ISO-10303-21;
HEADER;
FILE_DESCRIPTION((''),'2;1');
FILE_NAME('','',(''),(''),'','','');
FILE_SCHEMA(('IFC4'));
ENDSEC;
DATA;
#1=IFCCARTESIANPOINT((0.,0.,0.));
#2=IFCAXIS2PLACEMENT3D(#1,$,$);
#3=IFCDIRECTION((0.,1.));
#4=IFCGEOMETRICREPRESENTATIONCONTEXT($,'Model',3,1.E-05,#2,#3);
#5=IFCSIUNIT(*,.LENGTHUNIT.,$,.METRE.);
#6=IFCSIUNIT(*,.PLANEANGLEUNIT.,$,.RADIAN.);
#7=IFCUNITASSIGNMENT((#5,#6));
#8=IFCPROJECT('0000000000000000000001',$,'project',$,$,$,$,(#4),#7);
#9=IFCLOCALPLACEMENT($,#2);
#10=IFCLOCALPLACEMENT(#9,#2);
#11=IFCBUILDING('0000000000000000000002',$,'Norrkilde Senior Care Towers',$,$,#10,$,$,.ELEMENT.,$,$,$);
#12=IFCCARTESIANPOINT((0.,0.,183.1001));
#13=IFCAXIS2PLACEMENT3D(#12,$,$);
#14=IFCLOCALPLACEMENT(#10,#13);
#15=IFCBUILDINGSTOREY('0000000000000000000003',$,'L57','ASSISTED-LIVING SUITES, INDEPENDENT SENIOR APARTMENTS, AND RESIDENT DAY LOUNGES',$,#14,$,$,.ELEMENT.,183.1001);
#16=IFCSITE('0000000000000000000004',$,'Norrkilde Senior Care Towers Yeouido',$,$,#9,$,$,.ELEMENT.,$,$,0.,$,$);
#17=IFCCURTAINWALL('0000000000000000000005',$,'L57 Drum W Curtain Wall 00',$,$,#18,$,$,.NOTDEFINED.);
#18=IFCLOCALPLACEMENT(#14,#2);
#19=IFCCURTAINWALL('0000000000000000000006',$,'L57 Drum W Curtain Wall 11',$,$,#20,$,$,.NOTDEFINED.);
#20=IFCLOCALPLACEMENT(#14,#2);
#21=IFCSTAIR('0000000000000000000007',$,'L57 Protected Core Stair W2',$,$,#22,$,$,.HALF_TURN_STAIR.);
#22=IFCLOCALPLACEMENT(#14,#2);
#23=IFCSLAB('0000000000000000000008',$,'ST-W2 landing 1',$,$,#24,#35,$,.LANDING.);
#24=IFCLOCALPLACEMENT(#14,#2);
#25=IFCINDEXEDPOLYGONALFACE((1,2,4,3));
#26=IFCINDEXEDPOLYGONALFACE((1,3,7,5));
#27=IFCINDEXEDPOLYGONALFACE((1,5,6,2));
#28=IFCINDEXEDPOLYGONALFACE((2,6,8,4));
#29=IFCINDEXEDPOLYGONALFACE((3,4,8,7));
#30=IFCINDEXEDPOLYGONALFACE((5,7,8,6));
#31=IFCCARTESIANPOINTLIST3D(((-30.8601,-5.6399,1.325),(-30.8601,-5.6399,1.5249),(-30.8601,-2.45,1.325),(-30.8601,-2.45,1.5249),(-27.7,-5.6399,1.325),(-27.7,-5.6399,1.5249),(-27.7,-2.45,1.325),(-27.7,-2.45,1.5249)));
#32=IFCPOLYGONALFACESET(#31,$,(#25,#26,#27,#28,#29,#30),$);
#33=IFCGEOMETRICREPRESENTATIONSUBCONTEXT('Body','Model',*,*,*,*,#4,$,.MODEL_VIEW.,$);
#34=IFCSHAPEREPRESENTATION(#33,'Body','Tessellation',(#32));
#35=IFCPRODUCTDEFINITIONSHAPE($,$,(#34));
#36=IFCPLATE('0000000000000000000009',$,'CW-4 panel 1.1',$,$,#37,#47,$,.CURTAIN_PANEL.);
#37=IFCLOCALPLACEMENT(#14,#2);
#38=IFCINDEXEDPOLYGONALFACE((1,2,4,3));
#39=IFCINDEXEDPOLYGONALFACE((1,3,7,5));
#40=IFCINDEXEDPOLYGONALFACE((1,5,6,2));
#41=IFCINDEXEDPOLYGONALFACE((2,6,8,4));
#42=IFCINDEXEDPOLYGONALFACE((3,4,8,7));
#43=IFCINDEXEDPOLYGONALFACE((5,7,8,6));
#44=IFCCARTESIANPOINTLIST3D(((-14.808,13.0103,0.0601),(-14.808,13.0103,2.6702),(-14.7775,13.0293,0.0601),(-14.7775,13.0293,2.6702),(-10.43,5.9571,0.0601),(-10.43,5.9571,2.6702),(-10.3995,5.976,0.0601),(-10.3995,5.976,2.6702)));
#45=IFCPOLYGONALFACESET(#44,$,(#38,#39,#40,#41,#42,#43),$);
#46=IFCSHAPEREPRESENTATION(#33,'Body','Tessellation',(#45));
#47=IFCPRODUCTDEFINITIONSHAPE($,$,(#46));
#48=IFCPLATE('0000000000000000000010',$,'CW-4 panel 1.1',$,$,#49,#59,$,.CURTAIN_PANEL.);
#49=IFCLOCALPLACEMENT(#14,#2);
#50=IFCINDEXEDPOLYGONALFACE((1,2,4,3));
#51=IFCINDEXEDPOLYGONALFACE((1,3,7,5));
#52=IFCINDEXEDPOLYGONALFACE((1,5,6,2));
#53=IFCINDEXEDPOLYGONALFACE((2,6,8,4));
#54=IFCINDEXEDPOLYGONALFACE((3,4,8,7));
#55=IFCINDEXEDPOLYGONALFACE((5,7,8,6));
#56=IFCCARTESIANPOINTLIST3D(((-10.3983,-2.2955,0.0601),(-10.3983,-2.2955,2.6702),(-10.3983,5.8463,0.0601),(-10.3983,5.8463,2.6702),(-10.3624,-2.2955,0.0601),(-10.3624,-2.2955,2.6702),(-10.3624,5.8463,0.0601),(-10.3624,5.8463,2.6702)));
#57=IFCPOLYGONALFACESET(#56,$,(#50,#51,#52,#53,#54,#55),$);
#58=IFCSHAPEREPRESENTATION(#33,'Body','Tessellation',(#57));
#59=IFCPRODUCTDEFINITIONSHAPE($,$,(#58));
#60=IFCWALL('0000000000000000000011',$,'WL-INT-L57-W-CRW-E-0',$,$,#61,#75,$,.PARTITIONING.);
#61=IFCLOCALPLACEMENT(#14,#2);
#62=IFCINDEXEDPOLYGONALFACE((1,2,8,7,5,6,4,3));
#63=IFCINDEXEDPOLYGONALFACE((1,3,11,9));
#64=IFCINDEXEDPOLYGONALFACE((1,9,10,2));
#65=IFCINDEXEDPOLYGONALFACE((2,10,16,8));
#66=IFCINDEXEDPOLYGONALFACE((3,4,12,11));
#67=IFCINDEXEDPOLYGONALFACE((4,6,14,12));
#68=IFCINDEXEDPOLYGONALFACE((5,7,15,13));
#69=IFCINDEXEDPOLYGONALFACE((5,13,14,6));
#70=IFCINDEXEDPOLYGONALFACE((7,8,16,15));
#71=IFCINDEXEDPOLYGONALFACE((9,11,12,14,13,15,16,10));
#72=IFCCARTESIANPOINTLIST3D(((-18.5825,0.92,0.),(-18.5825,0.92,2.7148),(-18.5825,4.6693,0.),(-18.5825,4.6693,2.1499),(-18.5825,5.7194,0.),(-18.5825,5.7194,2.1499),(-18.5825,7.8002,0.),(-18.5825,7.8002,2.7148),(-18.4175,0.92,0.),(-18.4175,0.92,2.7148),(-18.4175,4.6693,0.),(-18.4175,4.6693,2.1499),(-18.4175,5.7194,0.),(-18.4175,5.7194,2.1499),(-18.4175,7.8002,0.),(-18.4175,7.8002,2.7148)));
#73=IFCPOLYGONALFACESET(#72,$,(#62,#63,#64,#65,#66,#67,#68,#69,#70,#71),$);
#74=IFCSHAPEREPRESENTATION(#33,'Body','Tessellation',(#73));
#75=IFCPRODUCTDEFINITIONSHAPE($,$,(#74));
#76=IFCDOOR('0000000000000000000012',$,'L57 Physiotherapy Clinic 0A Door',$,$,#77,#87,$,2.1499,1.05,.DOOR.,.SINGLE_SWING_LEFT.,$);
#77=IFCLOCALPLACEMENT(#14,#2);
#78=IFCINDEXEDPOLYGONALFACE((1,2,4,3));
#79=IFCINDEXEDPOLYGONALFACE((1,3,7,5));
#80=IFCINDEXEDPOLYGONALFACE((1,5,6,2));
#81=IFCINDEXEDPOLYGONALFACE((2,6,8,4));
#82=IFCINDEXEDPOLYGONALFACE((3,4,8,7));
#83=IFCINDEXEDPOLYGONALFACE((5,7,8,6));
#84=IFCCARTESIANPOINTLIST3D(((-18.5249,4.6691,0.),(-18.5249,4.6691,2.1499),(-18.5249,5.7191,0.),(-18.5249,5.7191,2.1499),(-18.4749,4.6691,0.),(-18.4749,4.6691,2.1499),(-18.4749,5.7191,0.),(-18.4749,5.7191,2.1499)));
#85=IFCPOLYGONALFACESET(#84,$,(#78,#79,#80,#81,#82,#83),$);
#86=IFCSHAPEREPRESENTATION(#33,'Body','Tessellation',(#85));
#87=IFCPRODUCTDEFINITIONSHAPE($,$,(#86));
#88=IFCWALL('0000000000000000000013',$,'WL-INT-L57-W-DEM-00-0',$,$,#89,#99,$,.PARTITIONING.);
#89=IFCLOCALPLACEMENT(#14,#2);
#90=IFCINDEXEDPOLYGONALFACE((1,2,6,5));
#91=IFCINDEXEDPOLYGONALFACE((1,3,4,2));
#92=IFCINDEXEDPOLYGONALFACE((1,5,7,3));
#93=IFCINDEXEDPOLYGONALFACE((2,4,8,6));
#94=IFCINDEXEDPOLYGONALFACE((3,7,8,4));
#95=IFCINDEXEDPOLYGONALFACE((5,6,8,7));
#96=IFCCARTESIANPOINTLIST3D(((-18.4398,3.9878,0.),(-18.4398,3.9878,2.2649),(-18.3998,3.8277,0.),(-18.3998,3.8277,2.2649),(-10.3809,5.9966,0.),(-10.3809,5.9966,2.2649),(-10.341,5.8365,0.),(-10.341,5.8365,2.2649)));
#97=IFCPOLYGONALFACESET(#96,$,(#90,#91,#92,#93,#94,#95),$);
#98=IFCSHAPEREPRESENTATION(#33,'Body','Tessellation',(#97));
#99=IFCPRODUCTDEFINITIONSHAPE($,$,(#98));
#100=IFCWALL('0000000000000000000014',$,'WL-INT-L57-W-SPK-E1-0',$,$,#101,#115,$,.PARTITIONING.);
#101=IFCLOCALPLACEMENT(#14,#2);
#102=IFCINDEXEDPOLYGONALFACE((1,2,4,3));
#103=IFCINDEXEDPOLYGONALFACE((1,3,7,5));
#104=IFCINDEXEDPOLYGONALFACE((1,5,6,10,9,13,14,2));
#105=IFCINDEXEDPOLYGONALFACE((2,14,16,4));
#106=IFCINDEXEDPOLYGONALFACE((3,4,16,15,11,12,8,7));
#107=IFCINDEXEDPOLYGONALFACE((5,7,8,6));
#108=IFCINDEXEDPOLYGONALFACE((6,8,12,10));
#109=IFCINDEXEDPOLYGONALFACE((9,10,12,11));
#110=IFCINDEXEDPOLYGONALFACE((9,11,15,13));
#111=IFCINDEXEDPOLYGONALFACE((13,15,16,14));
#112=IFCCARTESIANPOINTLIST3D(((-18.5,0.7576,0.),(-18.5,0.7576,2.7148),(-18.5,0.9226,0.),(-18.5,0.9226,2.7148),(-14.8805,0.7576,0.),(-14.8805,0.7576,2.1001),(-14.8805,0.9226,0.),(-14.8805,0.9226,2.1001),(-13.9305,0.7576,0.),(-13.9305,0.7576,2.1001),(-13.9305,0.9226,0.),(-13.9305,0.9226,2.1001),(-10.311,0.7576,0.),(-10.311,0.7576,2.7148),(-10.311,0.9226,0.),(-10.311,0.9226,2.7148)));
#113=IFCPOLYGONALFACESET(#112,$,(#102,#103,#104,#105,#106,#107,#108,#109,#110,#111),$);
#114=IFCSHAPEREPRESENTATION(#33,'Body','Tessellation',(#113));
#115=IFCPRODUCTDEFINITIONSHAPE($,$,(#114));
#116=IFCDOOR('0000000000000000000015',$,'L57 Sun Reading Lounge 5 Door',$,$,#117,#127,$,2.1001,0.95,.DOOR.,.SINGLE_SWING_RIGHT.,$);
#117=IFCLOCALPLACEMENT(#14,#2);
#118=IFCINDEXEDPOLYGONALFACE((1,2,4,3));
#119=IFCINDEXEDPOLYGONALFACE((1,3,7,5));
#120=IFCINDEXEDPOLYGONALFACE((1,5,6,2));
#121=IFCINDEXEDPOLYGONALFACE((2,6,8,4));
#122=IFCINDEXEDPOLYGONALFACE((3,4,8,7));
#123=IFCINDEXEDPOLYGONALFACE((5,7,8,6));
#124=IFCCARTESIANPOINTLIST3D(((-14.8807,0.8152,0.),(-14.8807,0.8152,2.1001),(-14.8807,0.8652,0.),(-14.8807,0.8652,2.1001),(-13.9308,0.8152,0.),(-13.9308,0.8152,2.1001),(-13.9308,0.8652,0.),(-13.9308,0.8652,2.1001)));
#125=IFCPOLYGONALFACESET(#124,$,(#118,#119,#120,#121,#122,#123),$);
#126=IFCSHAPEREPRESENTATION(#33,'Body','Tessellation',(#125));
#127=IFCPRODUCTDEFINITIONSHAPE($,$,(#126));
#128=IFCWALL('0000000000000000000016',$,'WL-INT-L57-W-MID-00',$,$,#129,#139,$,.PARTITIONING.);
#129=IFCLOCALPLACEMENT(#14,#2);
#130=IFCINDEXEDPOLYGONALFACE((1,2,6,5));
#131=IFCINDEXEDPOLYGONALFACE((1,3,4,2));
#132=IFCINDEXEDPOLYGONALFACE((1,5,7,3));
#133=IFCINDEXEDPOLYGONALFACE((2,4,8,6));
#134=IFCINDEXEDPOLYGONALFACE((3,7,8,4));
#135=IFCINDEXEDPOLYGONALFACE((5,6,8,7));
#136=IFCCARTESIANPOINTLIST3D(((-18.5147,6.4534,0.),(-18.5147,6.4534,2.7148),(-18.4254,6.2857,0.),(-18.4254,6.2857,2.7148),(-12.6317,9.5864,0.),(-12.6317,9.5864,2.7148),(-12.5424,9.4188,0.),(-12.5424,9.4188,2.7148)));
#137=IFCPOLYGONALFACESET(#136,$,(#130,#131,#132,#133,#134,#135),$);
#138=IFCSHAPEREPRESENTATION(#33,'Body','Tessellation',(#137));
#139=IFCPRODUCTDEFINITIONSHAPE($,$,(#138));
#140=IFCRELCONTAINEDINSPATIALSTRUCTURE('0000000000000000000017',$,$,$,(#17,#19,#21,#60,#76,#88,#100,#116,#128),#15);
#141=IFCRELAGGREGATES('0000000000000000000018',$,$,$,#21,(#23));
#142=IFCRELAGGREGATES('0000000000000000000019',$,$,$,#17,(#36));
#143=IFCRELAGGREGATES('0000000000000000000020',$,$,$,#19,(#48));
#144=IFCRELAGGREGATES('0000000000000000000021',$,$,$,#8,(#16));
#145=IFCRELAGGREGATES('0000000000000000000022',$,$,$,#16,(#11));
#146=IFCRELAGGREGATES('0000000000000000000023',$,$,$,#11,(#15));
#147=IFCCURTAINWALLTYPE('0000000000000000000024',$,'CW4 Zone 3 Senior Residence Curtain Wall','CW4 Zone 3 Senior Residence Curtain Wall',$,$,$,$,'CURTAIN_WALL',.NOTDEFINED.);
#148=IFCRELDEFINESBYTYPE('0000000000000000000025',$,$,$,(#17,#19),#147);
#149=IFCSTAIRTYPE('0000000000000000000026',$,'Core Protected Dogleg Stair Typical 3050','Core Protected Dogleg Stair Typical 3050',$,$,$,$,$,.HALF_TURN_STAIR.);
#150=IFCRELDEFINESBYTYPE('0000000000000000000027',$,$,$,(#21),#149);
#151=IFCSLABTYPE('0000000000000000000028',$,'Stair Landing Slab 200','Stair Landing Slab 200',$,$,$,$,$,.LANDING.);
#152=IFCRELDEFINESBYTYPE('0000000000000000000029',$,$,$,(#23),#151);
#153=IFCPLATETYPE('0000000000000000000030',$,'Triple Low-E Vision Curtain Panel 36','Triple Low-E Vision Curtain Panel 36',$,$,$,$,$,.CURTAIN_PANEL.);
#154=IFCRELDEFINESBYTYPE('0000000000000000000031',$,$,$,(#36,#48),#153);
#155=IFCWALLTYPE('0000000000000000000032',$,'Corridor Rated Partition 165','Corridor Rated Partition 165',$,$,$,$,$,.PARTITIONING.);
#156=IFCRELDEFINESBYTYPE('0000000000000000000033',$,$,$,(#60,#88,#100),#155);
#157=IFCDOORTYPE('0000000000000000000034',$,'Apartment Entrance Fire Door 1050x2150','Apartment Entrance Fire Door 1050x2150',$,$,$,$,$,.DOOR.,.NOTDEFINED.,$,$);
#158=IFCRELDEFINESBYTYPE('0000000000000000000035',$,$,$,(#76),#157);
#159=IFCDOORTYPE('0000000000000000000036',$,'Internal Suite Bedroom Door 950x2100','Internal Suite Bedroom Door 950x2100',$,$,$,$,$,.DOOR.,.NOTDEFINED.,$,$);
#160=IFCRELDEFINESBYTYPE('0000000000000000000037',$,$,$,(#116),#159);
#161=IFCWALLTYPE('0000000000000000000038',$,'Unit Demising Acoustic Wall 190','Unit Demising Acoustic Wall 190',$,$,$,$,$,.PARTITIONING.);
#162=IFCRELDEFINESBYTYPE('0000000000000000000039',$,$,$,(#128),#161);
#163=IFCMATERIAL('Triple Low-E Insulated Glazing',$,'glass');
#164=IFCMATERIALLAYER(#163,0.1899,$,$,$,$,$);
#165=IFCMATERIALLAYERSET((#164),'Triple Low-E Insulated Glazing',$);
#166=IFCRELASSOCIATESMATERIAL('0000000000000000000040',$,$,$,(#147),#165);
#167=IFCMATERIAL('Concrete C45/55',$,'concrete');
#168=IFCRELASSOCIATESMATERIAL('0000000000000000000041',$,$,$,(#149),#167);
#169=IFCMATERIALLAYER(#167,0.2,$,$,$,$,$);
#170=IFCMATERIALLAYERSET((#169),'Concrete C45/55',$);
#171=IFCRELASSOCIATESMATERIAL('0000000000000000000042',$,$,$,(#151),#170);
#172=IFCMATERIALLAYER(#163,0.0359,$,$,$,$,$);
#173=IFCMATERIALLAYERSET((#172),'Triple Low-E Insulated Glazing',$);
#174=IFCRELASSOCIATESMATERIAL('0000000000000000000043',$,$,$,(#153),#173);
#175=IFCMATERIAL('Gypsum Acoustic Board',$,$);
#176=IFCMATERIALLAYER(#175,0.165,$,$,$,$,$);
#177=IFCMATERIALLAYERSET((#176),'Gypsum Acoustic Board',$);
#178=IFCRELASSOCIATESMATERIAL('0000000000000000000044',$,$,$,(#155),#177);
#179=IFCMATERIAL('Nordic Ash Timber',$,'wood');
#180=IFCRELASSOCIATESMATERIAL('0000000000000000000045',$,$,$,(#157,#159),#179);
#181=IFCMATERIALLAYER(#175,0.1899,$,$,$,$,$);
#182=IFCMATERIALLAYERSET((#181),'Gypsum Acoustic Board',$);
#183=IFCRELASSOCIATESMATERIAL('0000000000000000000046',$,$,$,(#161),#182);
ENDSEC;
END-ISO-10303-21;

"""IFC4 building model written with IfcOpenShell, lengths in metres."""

from ifc_helpers import new_model, si_unit, direction, frame, frame_2d, origin, origin_2d, place, context, subcontext, project, spatial, polyline, rectangle, outline, extrude, source, transform, mapped, material, layer, layer_set, type_object, type_shapes, element, fill, aggregate, save


model = new_model("IFC4")

# Units and contexts
model_context = context("Model", 3, precision=1e-05, world=origin(), true_north=direction((0.0, 1.0)))
body_context = subcontext(model_context, "Body", "Model", "MODEL_VIEW")
ifc_project = project(units=[si_unit("LENGTHUNIT", "METRE"), si_unit("PLANEANGLEUNIT", "RADIAN")], contexts=[model_context])

# Site, building, storey
site_placement = place(None, origin())
site = spatial("IfcSite", under=ifc_project, at=site_placement, Name="Norrkilde Senior Care Towers Yeouido", CompositionType="ELEMENT", RefElevation=0.0)
building_placement = place(site_placement, origin())
building = spatial("IfcBuilding", under=site, at=building_placement, Name="Norrkilde Senior Care Towers", CompositionType="ELEMENT")
storey_placement = place(building_placement, frame((0.0, 0.0, 183.1001)))
storey = spatial("IfcBuildingStorey", under=building, at=storey_placement, Name="L57", Description="ASSISTED-LIVING SUITES, INDEPENDENT SENIOR APARTMENTS, AND RESIDENT DAY LOUNGES", CompositionType="ELEMENT", Elevation=183.1001)

# Curtain walls
ifc_material_1 = material(Name="Triple Low-E Insulated Glazing", Category="glass")
ifc_layer_1 = layer(ifc_material_1, 0.1899)
ifc_layer_set_1 = layer_set([ifc_layer_1], Name="Triple Low-E Insulated Glazing")
curtain_wall_type = type_object("IfcCurtainWallType", Name="CW4 Zone 3 Senior Residence Curtain Wall", Description="CW4 Zone 3 Senior Residence Curtain Wall", ElementType="CURTAIN_WALL", PredefinedType="NOTDEFINED", material=ifc_layer_set_1)
curtain_wall_1_placement = place(storey_placement, origin())
curtain_wall_1 = element("IfcCurtainWall", 1, at=curtain_wall_1_placement, inside=storey, type_object=curtain_wall_type, Name="L57 Drum W Curtain Wall 00", PredefinedType="NOTDEFINED")
curtain_wall_2_placement = place(storey_placement, origin())
curtain_wall_2 = element("IfcCurtainWall", 2, at=curtain_wall_2_placement, inside=storey, type_object=curtain_wall_type, Name="L57 Drum W Curtain Wall 11", PredefinedType="NOTDEFINED")

# Stair, slab
ifc_material_2 = material(Name="Concrete C45/55", Category="concrete")
stair_type = type_object("IfcStairType", Name="Core Protected Dogleg Stair Typical 3050", Description="Core Protected Dogleg Stair Typical 3050", PredefinedType="HALF_TURN_STAIR", material=ifc_material_2)
ifc_layer_2 = layer(ifc_material_2, 0.2)
ifc_layer_set_2 = layer_set([ifc_layer_2], Name="Concrete C45/55")
slab_type = type_object("IfcSlabType", Name="Stair Landing Slab 200", Description="Stair Landing Slab 200", PredefinedType="LANDING", material=ifc_layer_set_2)
stair_1_placement = place(storey_placement, origin())
stair_1 = element("IfcStair", 3, at=stair_1_placement, inside=storey, type_object=stair_type, Name="L57 Protected Core Stair W2", PredefinedType="HALF_TURN_STAIR")
slab_1_placement = place(storey_placement, frame((0.0, 0.0, 1.325)))
slab_1 = element("IfcSlab", 4, at=slab_1_placement, type_object=slab_type, Name="ST-W2 landing 1", PredefinedType="LANDING", context=body_context, shape_type="SweptSolid", body=[
    extrude(outline(polyline([(-30.8601, -5.6399), (-27.7, -5.6399), (-27.7, -2.45), (-30.8601, -2.45), (-30.8601, -5.6399)])), origin(), (0.0, 0.0, 1.0), 0.2),
])
aggregate(stair_1, [slab_1])

# Plates
ifc_layer_3 = layer(ifc_material_1, 0.0359)
ifc_layer_set_3 = layer_set([ifc_layer_3], Name="Triple Low-E Insulated Glazing")
plate_type = type_object("IfcPlateType", Name="Triple Low-E Vision Curtain Panel 36", Description="Triple Low-E Vision Curtain Panel 36", PredefinedType="CURTAIN_PANEL", material=ifc_layer_set_3)
shared_shape_1 = source(origin(), body_context, "Body", "SweptSolid", [
    extrude(rectangle(XDim=8.3015, YDim=0.0359, at=origin_2d()), origin(), (0.0, 0.0, 1.0), 2.6101),
])
plate_1_placement = place(storey_placement, frame((-12.6038, 9.4932, 0.0601), z_axis=(0.0, 0.0, 1.0), x_axis=(0.527373, -0.849634, 0.0)))
plate_1 = element("IfcPlate", 5, at=plate_1_placement, type_object=plate_type, Name="CW-4 panel 1.1", PredefinedType="CURTAIN_PANEL", context=body_context, shape_type="MappedRepresentation", body=[
    mapped(shared_shape_1, transform((0.0, 0.0, 0.0), x_axis=(1.0, 0.0, 0.0), y_axis=(0.0, 1.0, 0.0), z_axis=(0.0, 0.0, 1.0), scale=1.0)),
])
aggregate(curtain_wall_1, [plate_1])
shared_shape_2 = source(origin(), body_context, "Body", "SweptSolid", [
    extrude(rectangle(XDim=8.1418, YDim=0.0359, at=origin_2d()), origin(), (0.0, 0.0, 1.0), 2.6101),
])
type_shapes(plate_type, [shared_shape_1, shared_shape_2])
plate_2_placement = place(storey_placement, frame((-10.3804, 1.7754, 0.0601), z_axis=(0.0, 0.0, 1.0), x_axis=(0.0, -1.0, 0.0)))
plate_2 = element("IfcPlate", 6, at=plate_2_placement, type_object=plate_type, Name="CW-4 panel 1.1", PredefinedType="CURTAIN_PANEL", context=body_context, shape_type="MappedRepresentation", body=[
    mapped(shared_shape_2, transform((0.0, 0.0, 0.0), x_axis=(1.0, 0.0, 0.0), y_axis=(0.0, 1.0, 0.0), z_axis=(0.0, 0.0, 1.0), scale=1.0)),
])
aggregate(curtain_wall_2, [plate_2])

# Wall, opening, door
ifc_material_3 = material(Name="Gypsum Acoustic Board")
ifc_layer_4 = layer(ifc_material_3, 0.165)
ifc_layer_set_4 = layer_set([ifc_layer_4], Name="Gypsum Acoustic Board")
wall_type_1 = type_object("IfcWallType", Name="Corridor Rated Partition 165", Description="Corridor Rated Partition 165", PredefinedType="PARTITIONING", material=ifc_layer_set_4)
shared_shape_3 = source(origin(), body_context, "Body", "SweptSolid", [
    extrude(rectangle(XDim=6.8801, YDim=0.165, at=frame_2d((3.4399, 0.0))), origin(), (0.0, 0.0, 1.0), 2.7148),
])
wall_1_placement = place(storey_placement, frame((-18.5, 7.8, 0.0), z_axis=(0.0, 0.0, 1.0), x_axis=(0.0, -1.0, 0.0)))
wall_1 = element("IfcWall", 7, at=wall_1_placement, inside=storey, type_object=wall_type_1, Name="WL-INT-L57-W-CRW-E-0", PredefinedType="PARTITIONING", context=body_context, shape_type="MappedRepresentation", body=[
    mapped(shared_shape_3, transform((0.0, 0.0, 0.0), x_axis=(1.0, 0.0, 0.0), y_axis=(0.0, 1.0, 0.0), z_axis=(0.0, 0.0, 1.0), scale=1.0)),
])
opening_1_placement = place(wall_1_placement, frame((2.0808, 0.0, 0.0)))
opening_1 = element("IfcOpeningElement", 8, at=opening_1_placement, cuts=wall_1, PredefinedType="OPENING", context=body_context, shape_type="SweptSolid", body=[
    extrude(rectangle(XDim=1.05, YDim=2.1499, at=frame_2d((0.5249, 1.075))), frame((0.0, 0.0925, 0.0), z_axis=(0.0, -1.0, 0.0), x_axis=(1.0, 0.0, 0.0)), (0.0, 0.0, 1.0), 0.1851),
])
ifc_material_4 = material(Name="Nordic Ash Timber", Category="wood")
door_type_1 = type_object("IfcDoorType", Name="Apartment Entrance Fire Door 1050x2150", Description="Apartment Entrance Fire Door 1050x2150", OperationType="NOTDEFINED", PredefinedType="DOOR", material=ifc_material_4)
shared_shape_4 = source(origin(), body_context, "Body", "SweptSolid", [
    extrude(rectangle(XDim=1.05, YDim=2.1499, at=frame_2d((0.5249, 1.075))), frame((0.0, 0.0249, 0.0), z_axis=(0.0, -1.0, 0.0), x_axis=(1.0, 0.0, 0.0)), (0.0, 0.0, 1.0), 0.05),
])
type_shapes(door_type_1, [shared_shape_4])
door_1_placement = place(opening_1_placement, frame((1.05, 0.0, 0.0), z_axis=(0.0, 0.0, 1.0), x_axis=(-1.0, 0.0, 0.0)))
door_1 = element("IfcDoor", 9, at=door_1_placement, inside=storey, type_object=door_type_1, Name="L57 Physiotherapy Clinic 0A Door", OperationType="SINGLE_SWING_LEFT", OverallHeight=2.1499, OverallWidth=1.05, PredefinedType="DOOR", context=body_context, shape_type="MappedRepresentation", body=[
    mapped(shared_shape_4, transform((0.0, 0.0, 0.0), x_axis=(1.0, 0.0, 0.0), y_axis=(0.0, 1.0, 0.0), z_axis=(0.0, 0.0, 1.0), scale=1.0)),
])
fill(opening_1, door_1)

# Wall
shared_shape_5 = source(origin(), body_context, "Body", "SweptSolid", [
    extrude(rectangle(XDim=8.3054, YDim=0.165, at=frame_2d((4.1528, 0.0))), origin(), (0.0, 0.0, 1.0), 2.2649),
])
wall_2_placement = place(storey_placement, frame((-18.4199, 3.9077, 0.0), z_axis=(0.0, 0.0, 1.0), x_axis=(0.97031, 0.241865, 0.0)))
element("IfcWall", 10, at=wall_2_placement, inside=storey, type_object=wall_type_1, Name="WL-INT-L57-W-DEM-00-0", PredefinedType="PARTITIONING", context=body_context, shape_type="MappedRepresentation", body=[
    mapped(shared_shape_5, transform((0.0, 0.0, 0.0), x_axis=(1.0, 0.0, 0.0), y_axis=(0.0, 1.0, 0.0), z_axis=(0.0, 0.0, 1.0), scale=1.0)),
])

# Wall, opening, door
shared_shape_6 = source(origin(), body_context, "Body", "SweptSolid", [
    extrude(rectangle(XDim=8.189, YDim=0.165, at=frame_2d((4.0945, 0.0))), origin(), (0.0, 0.0, 1.0), 2.7148),
])
type_shapes(wall_type_1, [shared_shape_3, shared_shape_5, shared_shape_6])
wall_3_placement = place(storey_placement, frame((-18.5, 0.8401, 0.0), z_axis=(0.0, 0.0, 1.0), x_axis=(1.0, 0.0, 0.0)))
wall_3 = element("IfcWall", 11, at=wall_3_placement, inside=storey, type_object=wall_type_1, Name="WL-INT-L57-W-SPK-E1-0", PredefinedType="PARTITIONING", context=body_context, shape_type="MappedRepresentation", body=[
    mapped(shared_shape_6, transform((0.0, 0.0, 0.0), x_axis=(1.0, 0.0, 0.0), y_axis=(0.0, 1.0, 0.0), z_axis=(0.0, 0.0, 1.0), scale=1.0)),
])
opening_2_placement = place(wall_3_placement, frame((3.6194, 0.0, 0.0)))
opening_2 = element("IfcOpeningElement", 12, at=opening_2_placement, cuts=wall_3, PredefinedType="OPENING", context=body_context, shape_type="SweptSolid", body=[
    extrude(rectangle(XDim=0.95, YDim=2.1001, at=frame_2d((0.4751, 1.05))), frame((0.0, 0.0925, 0.0), z_axis=(0.0, -1.0, 0.0), x_axis=(1.0, 0.0, 0.0)), (0.0, 0.0, 1.0), 0.1851),
])
door_type_2 = type_object("IfcDoorType", Name="Internal Suite Bedroom Door 950x2100", Description="Internal Suite Bedroom Door 950x2100", OperationType="NOTDEFINED", PredefinedType="DOOR", material=ifc_material_4)
shared_shape_7 = source(origin(), body_context, "Body", "SweptSolid", [
    extrude(rectangle(XDim=0.95, YDim=2.1001, at=frame_2d((0.4751, 1.05))), frame((0.0, 0.0249, 0.0), z_axis=(0.0, -1.0, 0.0), x_axis=(1.0, 0.0, 0.0)), (0.0, 0.0, 1.0), 0.05),
])
type_shapes(door_type_2, [shared_shape_7])
door_2_placement = place(opening_2_placement, frame((0.95, 0.0, 0.0), z_axis=(0.0, 0.0, 1.0), x_axis=(-1.0, 0.0, 0.0)))
door_2 = element("IfcDoor", 13, at=door_2_placement, inside=storey, type_object=door_type_2, Name="L57 Sun Reading Lounge 5 Door", OperationType="SINGLE_SWING_RIGHT", OverallHeight=2.1001, OverallWidth=0.95, PredefinedType="DOOR", context=body_context, shape_type="MappedRepresentation", body=[
    mapped(shared_shape_7, transform((0.0, 0.0, 0.0), x_axis=(1.0, 0.0, 0.0), y_axis=(0.0, 1.0, 0.0), z_axis=(0.0, 0.0, 1.0), scale=1.0)),
])
fill(opening_2, door_2)

# Wall
ifc_layer_5 = layer(ifc_material_3, 0.1899)
ifc_layer_set_5 = layer_set([ifc_layer_5], Name="Gypsum Acoustic Board")
wall_type_2 = type_object("IfcWallType", Name="Unit Demising Acoustic Wall 190", Description="Unit Demising Acoustic Wall 190", PredefinedType="PARTITIONING", material=ifc_layer_set_5)
shared_shape_8 = source(origin(), body_context, "Body", "SweptSolid", [
    extrude(rectangle(XDim=6.6653, YDim=0.1899, at=frame_2d((3.3325, 0.0))), origin(), (0.0, 0.0, 1.0), 2.7148),
])
type_shapes(wall_type_2, [shared_shape_8])
wall_4_placement = place(storey_placement, frame((-18.47, 6.3696, 0.0), z_axis=(0.0, 0.0, 1.0), x_axis=(0.882638, 0.470054, 0.0)))
element("IfcWall", 14, at=wall_4_placement, inside=storey, type_object=wall_type_2, Name="WL-INT-L57-W-MID-00", PredefinedType="PARTITIONING", context=body_context, shape_type="MappedRepresentation", body=[
    mapped(shared_shape_8, transform((0.0, 0.0, 0.0), x_axis=(1.0, 0.0, 0.0), y_axis=(0.0, 1.0, 0.0), z_axis=(0.0, 0.0, 1.0), scale=1.0)),
])

save(model, "model.ifc")
